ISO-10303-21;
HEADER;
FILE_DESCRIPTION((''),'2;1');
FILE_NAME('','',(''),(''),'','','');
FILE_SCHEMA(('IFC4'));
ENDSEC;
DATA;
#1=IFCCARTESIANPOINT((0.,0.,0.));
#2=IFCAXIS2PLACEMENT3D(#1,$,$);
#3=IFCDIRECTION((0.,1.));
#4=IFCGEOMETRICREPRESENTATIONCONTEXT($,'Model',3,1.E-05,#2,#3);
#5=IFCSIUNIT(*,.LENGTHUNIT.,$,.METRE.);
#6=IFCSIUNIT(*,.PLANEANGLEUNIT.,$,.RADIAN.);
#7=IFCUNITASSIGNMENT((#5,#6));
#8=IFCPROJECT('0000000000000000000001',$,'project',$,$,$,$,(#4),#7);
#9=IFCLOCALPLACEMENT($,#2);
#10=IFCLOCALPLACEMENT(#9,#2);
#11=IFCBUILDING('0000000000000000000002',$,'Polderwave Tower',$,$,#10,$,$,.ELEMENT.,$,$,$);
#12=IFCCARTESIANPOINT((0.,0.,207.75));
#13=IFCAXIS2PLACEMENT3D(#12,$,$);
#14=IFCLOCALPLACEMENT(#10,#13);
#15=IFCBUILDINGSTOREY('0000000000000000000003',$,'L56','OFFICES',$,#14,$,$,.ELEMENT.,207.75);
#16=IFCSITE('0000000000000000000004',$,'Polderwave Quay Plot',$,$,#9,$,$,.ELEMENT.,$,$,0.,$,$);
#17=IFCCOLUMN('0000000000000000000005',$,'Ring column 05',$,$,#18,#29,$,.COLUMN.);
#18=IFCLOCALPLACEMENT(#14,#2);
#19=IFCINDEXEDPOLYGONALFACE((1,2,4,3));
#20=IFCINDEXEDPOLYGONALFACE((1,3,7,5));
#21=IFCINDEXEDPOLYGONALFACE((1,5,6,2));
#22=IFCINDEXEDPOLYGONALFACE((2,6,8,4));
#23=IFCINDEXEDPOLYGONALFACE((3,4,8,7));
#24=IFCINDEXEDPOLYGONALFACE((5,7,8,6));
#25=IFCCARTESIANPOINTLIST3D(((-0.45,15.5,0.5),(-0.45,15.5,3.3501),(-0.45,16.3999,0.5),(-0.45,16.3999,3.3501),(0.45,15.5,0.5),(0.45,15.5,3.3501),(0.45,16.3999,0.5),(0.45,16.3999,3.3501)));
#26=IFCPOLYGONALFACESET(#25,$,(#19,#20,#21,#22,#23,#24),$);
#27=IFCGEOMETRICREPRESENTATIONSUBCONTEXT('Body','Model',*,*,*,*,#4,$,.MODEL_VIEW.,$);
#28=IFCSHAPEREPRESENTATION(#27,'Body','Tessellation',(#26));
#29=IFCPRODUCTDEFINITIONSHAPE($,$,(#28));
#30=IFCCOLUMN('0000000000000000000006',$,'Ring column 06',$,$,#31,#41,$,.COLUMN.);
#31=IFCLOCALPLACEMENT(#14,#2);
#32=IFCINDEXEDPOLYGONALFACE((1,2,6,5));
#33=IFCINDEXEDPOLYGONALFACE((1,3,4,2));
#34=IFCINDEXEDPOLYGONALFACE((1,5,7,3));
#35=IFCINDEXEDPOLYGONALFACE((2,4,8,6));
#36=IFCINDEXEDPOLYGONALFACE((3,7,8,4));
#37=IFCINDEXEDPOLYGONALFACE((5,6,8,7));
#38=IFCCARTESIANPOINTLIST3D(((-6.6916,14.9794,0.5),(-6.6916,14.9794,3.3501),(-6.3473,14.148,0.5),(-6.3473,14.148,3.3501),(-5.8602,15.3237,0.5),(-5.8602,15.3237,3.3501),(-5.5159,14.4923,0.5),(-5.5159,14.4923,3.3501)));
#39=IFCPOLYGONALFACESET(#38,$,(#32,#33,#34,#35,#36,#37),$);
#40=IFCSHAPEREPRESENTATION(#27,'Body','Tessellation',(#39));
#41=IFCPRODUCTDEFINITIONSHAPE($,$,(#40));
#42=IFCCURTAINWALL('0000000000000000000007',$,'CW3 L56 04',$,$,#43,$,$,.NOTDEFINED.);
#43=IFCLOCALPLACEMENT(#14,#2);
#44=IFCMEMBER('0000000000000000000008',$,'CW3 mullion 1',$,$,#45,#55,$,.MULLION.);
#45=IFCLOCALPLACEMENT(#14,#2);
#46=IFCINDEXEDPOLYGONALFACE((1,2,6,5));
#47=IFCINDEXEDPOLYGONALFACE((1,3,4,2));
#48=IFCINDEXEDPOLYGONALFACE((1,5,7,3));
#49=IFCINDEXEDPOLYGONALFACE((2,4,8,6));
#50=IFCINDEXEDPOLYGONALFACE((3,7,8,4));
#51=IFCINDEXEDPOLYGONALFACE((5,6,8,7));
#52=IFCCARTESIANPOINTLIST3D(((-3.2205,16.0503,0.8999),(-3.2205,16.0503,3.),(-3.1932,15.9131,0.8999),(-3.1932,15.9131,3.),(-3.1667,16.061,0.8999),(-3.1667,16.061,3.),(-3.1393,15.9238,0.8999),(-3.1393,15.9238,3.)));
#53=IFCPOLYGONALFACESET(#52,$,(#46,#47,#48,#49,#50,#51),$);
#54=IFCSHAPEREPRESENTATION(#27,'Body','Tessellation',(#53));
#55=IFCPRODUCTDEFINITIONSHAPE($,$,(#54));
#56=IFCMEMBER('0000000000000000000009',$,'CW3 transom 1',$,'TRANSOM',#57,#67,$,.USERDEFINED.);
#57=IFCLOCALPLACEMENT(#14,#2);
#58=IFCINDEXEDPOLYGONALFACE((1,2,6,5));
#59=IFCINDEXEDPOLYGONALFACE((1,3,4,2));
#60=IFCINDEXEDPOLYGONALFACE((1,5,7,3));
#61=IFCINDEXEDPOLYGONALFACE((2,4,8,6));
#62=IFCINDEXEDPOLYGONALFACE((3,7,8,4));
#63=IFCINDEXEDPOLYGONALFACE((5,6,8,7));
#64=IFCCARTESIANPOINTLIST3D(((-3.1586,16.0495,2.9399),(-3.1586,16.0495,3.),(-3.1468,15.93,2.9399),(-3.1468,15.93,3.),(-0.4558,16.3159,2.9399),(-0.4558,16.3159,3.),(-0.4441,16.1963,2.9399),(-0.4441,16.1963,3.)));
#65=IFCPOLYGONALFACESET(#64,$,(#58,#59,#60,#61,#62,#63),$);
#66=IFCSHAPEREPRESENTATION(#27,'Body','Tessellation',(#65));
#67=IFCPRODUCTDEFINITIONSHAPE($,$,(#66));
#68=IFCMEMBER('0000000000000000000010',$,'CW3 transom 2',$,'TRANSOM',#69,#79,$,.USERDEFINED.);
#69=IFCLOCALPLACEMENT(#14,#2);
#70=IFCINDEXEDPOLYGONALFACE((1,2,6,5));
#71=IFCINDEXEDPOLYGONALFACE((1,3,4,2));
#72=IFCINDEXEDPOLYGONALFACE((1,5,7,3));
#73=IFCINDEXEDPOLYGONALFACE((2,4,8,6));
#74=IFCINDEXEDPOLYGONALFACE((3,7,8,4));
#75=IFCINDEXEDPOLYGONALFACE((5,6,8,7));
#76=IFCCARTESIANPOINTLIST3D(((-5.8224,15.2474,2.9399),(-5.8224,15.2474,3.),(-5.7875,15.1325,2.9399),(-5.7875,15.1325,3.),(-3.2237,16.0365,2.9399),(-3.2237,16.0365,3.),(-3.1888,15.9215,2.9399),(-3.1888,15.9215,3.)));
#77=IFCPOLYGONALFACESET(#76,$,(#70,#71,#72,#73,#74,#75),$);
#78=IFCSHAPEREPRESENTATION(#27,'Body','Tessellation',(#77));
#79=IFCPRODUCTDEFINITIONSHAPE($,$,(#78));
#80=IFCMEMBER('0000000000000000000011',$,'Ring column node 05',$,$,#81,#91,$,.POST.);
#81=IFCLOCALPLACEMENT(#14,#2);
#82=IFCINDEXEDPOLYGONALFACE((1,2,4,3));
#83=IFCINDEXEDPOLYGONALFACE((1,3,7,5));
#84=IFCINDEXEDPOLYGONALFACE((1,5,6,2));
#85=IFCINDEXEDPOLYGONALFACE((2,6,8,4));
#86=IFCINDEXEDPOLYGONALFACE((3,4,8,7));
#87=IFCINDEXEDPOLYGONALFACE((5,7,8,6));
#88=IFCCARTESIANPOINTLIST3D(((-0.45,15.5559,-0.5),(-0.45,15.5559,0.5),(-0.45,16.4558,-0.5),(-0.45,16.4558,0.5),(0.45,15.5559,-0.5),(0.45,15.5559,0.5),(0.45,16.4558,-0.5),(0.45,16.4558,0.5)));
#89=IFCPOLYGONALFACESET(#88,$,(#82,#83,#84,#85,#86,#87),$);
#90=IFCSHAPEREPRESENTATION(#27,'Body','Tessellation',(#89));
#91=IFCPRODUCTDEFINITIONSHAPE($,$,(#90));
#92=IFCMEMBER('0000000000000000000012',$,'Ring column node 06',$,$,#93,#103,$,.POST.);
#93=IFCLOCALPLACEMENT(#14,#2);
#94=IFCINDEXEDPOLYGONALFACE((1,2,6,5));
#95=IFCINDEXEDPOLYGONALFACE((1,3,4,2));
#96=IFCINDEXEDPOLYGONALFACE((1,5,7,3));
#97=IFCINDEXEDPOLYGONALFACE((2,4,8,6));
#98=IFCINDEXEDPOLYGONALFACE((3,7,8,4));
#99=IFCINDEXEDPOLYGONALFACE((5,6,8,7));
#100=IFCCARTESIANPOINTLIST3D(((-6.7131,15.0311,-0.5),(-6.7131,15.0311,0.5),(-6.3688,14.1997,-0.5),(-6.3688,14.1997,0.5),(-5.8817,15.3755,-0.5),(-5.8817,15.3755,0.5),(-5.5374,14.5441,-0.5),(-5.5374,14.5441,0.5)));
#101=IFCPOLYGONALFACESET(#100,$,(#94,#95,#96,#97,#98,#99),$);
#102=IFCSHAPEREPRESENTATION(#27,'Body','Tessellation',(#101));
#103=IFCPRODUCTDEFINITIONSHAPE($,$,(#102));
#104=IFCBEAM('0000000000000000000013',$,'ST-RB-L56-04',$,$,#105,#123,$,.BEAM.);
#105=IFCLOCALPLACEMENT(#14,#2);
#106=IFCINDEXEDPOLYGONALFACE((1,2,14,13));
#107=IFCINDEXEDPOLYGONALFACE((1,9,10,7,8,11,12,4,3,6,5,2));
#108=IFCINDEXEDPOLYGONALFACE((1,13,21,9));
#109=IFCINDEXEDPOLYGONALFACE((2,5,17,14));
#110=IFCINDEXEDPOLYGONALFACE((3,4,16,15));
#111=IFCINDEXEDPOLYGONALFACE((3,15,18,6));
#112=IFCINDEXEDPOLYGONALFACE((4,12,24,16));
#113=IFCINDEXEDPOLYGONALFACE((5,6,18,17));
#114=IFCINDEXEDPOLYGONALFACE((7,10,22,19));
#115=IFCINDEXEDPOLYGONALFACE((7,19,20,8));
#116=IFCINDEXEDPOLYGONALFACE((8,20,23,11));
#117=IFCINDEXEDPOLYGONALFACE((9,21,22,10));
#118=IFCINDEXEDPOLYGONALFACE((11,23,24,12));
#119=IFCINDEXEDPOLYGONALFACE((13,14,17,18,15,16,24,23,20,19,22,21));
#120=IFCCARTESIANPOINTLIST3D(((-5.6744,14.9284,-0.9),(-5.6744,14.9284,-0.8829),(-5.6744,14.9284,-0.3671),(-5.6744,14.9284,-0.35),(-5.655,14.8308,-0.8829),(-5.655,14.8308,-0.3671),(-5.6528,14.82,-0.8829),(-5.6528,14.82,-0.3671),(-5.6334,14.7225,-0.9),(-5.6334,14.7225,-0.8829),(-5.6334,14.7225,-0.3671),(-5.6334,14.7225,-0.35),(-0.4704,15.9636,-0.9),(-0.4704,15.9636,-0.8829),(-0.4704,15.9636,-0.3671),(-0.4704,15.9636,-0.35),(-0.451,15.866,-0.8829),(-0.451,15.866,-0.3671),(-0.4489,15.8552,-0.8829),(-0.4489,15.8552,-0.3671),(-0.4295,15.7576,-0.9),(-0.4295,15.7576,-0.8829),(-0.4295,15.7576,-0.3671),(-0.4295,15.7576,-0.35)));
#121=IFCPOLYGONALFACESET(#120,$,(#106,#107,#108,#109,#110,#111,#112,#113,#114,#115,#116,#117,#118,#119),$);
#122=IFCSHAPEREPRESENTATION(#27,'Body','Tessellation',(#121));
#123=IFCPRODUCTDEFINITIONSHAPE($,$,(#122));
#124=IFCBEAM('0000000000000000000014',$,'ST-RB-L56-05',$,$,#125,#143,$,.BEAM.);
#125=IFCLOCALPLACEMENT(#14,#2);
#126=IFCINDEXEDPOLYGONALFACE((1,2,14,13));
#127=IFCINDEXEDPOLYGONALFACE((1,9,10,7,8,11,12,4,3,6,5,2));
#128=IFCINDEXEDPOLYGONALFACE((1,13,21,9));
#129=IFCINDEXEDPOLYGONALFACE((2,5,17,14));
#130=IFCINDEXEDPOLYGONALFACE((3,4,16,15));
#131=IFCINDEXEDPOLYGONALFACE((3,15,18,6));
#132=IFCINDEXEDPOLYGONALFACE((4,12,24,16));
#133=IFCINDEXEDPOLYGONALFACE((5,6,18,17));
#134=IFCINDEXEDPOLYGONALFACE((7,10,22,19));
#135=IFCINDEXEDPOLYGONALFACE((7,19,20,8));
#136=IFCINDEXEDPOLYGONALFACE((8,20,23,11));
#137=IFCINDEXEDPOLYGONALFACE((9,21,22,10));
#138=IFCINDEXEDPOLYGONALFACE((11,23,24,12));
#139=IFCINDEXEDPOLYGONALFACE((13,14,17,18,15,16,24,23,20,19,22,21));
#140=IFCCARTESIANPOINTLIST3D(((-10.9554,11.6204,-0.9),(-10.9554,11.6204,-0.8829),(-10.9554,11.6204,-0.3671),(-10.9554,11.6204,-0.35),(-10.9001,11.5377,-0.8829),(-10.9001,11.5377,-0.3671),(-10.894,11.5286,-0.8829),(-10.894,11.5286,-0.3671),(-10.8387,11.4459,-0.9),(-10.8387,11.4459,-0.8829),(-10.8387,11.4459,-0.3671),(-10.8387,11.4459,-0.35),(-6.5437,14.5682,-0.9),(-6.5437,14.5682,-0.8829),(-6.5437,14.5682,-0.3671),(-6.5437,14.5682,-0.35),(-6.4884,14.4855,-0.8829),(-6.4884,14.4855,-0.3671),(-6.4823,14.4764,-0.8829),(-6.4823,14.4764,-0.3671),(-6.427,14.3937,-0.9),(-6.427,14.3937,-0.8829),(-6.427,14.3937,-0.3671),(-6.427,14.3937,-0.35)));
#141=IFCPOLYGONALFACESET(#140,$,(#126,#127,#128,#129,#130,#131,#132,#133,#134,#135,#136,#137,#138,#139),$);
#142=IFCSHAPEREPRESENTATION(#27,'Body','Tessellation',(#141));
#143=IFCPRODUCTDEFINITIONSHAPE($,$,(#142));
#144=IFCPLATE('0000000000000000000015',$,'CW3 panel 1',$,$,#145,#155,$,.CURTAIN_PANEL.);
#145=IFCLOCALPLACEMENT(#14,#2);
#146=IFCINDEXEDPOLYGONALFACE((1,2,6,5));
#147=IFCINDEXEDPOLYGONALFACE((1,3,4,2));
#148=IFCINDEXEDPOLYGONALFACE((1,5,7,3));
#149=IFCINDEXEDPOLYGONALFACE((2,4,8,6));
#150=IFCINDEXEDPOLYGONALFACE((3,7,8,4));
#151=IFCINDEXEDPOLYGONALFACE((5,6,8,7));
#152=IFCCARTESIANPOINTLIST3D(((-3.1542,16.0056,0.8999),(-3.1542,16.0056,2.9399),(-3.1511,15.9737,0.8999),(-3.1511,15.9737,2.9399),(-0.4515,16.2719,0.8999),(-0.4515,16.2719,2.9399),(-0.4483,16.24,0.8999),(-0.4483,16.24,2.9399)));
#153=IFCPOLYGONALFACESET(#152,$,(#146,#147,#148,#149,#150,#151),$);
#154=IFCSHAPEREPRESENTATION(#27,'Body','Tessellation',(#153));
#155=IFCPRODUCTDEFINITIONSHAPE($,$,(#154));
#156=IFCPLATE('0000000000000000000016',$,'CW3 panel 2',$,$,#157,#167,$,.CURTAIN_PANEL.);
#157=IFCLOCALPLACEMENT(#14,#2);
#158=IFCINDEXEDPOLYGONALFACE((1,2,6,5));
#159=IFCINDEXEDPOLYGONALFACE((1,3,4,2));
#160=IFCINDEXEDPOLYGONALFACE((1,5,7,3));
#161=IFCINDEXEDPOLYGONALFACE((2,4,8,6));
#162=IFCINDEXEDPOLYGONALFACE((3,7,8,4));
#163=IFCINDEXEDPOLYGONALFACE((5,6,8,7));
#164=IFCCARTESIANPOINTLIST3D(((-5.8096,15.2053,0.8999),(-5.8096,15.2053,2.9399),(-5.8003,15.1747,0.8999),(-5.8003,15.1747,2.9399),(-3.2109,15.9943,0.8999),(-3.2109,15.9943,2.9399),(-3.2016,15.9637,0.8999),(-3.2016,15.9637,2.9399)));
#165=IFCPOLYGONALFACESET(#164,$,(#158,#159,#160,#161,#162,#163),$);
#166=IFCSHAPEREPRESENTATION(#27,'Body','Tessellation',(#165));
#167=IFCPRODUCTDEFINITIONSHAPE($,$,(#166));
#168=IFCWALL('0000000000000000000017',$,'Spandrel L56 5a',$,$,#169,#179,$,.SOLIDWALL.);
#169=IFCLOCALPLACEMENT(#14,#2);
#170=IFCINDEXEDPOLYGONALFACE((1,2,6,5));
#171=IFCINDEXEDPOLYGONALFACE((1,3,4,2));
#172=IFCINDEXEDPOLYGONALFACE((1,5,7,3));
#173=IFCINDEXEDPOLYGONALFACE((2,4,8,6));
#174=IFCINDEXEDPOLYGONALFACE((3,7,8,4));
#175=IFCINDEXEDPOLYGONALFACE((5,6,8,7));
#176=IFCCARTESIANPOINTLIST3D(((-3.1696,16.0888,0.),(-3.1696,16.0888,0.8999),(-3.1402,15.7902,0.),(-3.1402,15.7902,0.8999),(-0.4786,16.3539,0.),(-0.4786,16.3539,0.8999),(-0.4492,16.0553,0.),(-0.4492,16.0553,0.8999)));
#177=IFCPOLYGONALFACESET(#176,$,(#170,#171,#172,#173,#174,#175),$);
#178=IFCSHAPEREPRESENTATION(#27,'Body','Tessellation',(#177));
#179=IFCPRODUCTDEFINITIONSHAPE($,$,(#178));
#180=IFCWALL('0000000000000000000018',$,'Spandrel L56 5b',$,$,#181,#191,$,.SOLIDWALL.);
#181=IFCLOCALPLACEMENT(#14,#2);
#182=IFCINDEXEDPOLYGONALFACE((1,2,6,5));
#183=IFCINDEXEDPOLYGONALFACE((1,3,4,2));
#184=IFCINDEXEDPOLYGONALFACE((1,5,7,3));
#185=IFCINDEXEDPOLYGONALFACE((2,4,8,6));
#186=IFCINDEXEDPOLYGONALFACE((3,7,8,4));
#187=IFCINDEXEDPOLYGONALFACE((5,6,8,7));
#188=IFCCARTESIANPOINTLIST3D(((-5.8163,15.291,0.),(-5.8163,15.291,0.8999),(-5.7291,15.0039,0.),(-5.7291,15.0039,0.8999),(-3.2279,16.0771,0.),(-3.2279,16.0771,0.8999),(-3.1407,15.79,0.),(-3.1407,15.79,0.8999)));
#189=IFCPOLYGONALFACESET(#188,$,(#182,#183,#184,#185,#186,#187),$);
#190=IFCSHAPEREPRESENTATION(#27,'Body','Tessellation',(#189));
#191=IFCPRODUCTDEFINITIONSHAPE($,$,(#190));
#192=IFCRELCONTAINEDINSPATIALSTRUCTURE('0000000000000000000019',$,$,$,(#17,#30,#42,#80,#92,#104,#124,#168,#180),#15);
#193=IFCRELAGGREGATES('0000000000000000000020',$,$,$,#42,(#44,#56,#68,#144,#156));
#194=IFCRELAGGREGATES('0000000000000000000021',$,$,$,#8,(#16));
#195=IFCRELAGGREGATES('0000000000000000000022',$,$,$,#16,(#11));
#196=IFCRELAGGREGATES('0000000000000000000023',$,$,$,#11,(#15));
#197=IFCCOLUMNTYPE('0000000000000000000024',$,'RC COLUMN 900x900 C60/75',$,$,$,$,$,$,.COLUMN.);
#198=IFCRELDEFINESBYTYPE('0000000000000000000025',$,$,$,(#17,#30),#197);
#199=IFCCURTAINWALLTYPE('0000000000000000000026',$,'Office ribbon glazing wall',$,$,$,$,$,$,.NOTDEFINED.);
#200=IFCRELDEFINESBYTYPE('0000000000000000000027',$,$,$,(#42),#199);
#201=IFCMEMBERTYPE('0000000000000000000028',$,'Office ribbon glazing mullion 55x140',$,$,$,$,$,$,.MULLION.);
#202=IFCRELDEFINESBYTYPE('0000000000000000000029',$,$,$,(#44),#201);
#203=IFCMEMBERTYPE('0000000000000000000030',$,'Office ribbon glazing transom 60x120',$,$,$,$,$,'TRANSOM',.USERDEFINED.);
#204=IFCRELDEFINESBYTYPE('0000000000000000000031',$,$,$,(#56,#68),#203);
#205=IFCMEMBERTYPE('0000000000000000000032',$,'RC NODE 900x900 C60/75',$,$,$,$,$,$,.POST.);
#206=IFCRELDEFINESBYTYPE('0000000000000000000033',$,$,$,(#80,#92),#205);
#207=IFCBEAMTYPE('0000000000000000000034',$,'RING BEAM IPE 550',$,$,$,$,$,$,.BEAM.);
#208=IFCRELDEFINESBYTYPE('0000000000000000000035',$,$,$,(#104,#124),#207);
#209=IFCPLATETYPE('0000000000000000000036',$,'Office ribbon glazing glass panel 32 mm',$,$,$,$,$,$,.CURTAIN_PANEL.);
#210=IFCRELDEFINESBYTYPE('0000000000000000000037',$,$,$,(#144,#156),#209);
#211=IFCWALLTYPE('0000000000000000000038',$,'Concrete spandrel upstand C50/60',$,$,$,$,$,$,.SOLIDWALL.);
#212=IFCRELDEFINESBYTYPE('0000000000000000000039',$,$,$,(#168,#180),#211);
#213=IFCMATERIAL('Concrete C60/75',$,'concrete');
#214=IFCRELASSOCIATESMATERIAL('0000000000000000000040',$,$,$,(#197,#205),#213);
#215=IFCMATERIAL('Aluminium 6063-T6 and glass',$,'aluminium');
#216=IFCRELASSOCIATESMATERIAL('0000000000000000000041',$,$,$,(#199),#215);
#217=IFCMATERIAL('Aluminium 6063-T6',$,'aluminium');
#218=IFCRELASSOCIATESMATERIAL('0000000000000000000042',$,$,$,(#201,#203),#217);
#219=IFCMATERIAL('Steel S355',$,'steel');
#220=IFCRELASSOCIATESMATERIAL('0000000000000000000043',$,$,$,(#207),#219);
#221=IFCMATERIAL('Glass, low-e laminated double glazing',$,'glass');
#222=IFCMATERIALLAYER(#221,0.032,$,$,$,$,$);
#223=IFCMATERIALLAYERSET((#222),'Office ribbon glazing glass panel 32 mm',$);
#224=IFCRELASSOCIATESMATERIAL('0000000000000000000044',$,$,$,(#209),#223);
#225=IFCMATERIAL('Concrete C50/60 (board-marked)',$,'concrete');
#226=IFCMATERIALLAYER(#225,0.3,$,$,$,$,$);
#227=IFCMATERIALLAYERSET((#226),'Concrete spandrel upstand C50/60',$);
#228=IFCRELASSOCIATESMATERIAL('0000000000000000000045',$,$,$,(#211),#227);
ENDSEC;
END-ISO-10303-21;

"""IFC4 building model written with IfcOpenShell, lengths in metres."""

from ifc_helpers import new_model, si_unit, direction, frame, frame_2d, origin, origin_2d, place, context, subcontext, project, spatial, rectangle, i_section, extrude, material, layer, layer_set, material_profile, profile_set, type_object, element, aggregate, save


model = new_model("IFC4")

# Units and contexts
model_context = context("Model", 3, precision=1e-05, world=origin(), true_north=direction((0.0, 1.0)))
body_context = subcontext(model_context, "Body", "Model", "MODEL_VIEW")
ifc_project = project(units=[si_unit("LENGTHUNIT", "METRE"), si_unit("PLANEANGLEUNIT", "RADIAN")], contexts=[model_context])

# Site, building, storey
site_placement = place(None, origin())
site = spatial("IfcSite", under=ifc_project, at=site_placement, Name="Polderwave Quay Plot", CompositionType="ELEMENT", RefElevation=0.0)
building_placement = place(site_placement, origin())
building = spatial("IfcBuilding", under=site, at=building_placement, Name="Polderwave Tower", CompositionType="ELEMENT")
storey_placement = place(building_placement, frame((0.0, 0.0, 207.75)))
storey = spatial("IfcBuildingStorey", under=building, at=storey_placement, Name="L56", Description="OFFICES", CompositionType="ELEMENT", Elevation=207.75)

# Columns
ifc_material_1 = material(Name="Concrete C60/75", Category="concrete")
ifc_material_profile_1 = material_profile(ifc_material_1, rectangle(XDim=0.8999, YDim=0.8999, at=origin_2d()), Name="RC 900x900")
ifc_profile_set_1 = profile_set([ifc_material_profile_1], Name="Concrete C60/75")
column_type = type_object("IfcColumnType", Name="RC COLUMN 900x900 C60/75", PredefinedType="COLUMN", material=ifc_profile_set_1)
for number, where, z_axis, x_axis, name in (
    (1, (0.0, 15.95, 0.5), (0.0, 0.0, 1.0), (0.0, 1.0, 0.0), "Ring column 05"),
    (2, (-6.1038, 14.7358, 0.5), (0.0, 0.0, 1.0), (-0.382683, 0.92388, 0.0), "Ring column 06"),
):
    element("IfcColumn", number, at=place(storey_placement, frame(where, z_axis=z_axis, x_axis=x_axis)), inside=storey, type_object=column_type, Name=name, PredefinedType="COLUMN", context=body_context, shape_type="SweptSolid", body=[
        extrude(rectangle(XDim=0.8999, YDim=0.8999, at=origin_2d()), origin(), (0.0, 0.0, 1.0), 2.8501),
    ])

# Curtain wall, members
ifc_material_2 = material(Name="Aluminium 6063-T6 and glass", Category="aluminium")
curtain_wall_type = type_object("IfcCurtainWallType", Name="Office ribbon glazing wall", PredefinedType="NOTDEFINED", material=ifc_material_2)
curtain_wall_placement = place(storey_placement, origin())
curtain_wall = element("IfcCurtainWall", 3, at=curtain_wall_placement, inside=storey, type_object=curtain_wall_type, Name="CW3 L56 04", PredefinedType="NOTDEFINED")
ifc_material_3 = material(Name="Aluminium 6063-T6", Category="aluminium")
ifc_material_profile_2 = material_profile(ifc_material_3, rectangle(XDim=0.1399, YDim=0.0549, at=origin_2d()), Name="AL 55x140")
ifc_profile_set_2 = profile_set([ifc_material_profile_2], Name="Aluminium 6063-T6")
member_type_1 = type_object("IfcMemberType", Name="Office ribbon glazing mullion 55x140", PredefinedType="MULLION", material=ifc_profile_set_2)
member_1_placement = place(storey_placement, frame((-3.1799, 15.9871, 0.8999), z_axis=(0.0, 0.0, 1.0), x_axis=(0.195234, -0.980757, 0.0)))
member_1 = element("IfcMember", 4, at=member_1_placement, type_object=member_type_1, Name="CW3 mullion 1", PredefinedType="MULLION", context=body_context, shape_type="SweptSolid", body=[
    extrude(rectangle(XDim=0.1399, YDim=0.0549, at=origin_2d()), origin(), (0.0, 0.0, 1.0), 2.1001),
])
ifc_material_profile_3 = material_profile(ifc_material_3, rectangle(XDim=0.1201, YDim=0.0601, at=origin_2d()), Name="AL 60x120")
ifc_profile_set_3 = profile_set([ifc_material_profile_3], Name="Aluminium 6063-T6")
member_type_2 = type_object("IfcMemberType", Name="Office ribbon glazing transom 60x120", ElementType="TRANSOM", PredefinedType="USERDEFINED", material=ifc_profile_set_3)
member_2_placement = place(storey_placement, frame((-0.45, 16.2561, 2.97), z_axis=(-0.995179, -0.098079, 0.0), x_axis=(0.098079, -0.995179, 0.0)))
member_2 = element("IfcMember", 5, at=member_2_placement, type_object=member_type_2, Name="CW3 transom 1", ObjectType="TRANSOM", PredefinedType="USERDEFINED", context=body_context, shape_type="SweptSolid", body=[
    extrude(rectangle(XDim=0.1201, YDim=0.0601, at=origin_2d()), origin(), (0.0, 0.0, 1.0), 2.7158),
])
member_3_placement = place(storey_placement, frame((-3.2063, 15.979, 2.97), z_axis=(-0.956861, -0.290546, 0.0), x_axis=(0.290546, -0.956861, 0.0)))
member_3 = element("IfcMember", 6, at=member_3_placement, type_object=member_type_2, Name="CW3 transom 2", ObjectType="TRANSOM", PredefinedType="USERDEFINED", context=body_context, shape_type="SweptSolid", body=[
    extrude(rectangle(XDim=0.1201, YDim=0.0601, at=origin_2d()), origin(), (0.0, 0.0, 1.0), 2.7158),
])

# Members
ifc_material_profile_4 = material_profile(ifc_material_1, rectangle(XDim=0.8999, YDim=0.8999, at=origin_2d()), Name="RC 900x900")
ifc_profile_set_4 = profile_set([ifc_material_profile_4], Name="Concrete C60/75")
member_type_3 = type_object("IfcMemberType", Name="RC NODE 900x900 C60/75", PredefinedType="POST", material=ifc_profile_set_4)
for number, where, z_axis, x_axis, name in (
    (7, (0.0, 16.0059, -0.5), (0.0, 0.0, 1.0), (0.0, 1.0, 0.0), "Ring column node 05"),
    (8, (-6.1252, 14.7876, -0.5), (0.0, 0.0, 1.0), (-0.382683, 0.92388, 0.0), "Ring column node 06"),
):
    element("IfcMember", number, at=place(storey_placement, frame(where, z_axis=z_axis, x_axis=x_axis)), inside=storey, type_object=member_type_3, Name=name, PredefinedType="POST", context=body_context, shape_type="SweptSolid", body=[
        extrude(rectangle(XDim=0.8999, YDim=0.8999, at=origin_2d()), origin(), (0.0, 0.0, 1.0), 1.0),
    ])

# Beams
ifc_material_4 = material(Name="Steel S355", Category="steel")
ifc_material_profile_5 = material_profile(ifc_material_4, i_section(OverallWidth=0.21, OverallDepth=0.55, WebThickness=0.011, FlangeThickness=0.0171, at=origin_2d()), Name="IPE 550")
ifc_profile_set_5 = profile_set([ifc_material_profile_5], Name="Steel S355")
beam_type = type_object("IfcBeamType", Name="RING BEAM IPE 550", PredefinedType="BEAM", material=ifc_profile_set_5)
for number, where, z_axis, x_axis, name in (
    (9, (-0.45, 15.8606, -0.625), (-0.980784, -0.195098, 0.0), (0.195098, -0.980784, 0.0), "ST-RB-L56-04"),
    (10, (-6.4854, 14.481, -0.625), (-0.831469, -0.555571, 0.0), (0.555571, -0.831469, 0.0), "ST-RB-L56-05"),
):
    element("IfcBeam", number, at=place(storey_placement, frame(where, z_axis=z_axis, x_axis=x_axis)), inside=storey, type_object=beam_type, Name=name, PredefinedType="BEAM", context=body_context, shape_type="SweptSolid", body=[
        extrude(i_section(OverallWidth=0.21, OverallDepth=0.55, WebThickness=0.011, FlangeThickness=0.0171, at=origin_2d()), origin(), (0.0, 0.0, 1.0), 5.3059),
    ])

# Plates
ifc_material_5 = material(Name="Glass, low-e laminated double glazing", Category="glass")
ifc_layer_1 = layer(ifc_material_5, 0.032)
ifc_layer_set_1 = layer_set([ifc_layer_1], Name="Office ribbon glazing glass panel 32 mm")
plate_type = type_object("IfcPlateType", Name="Office ribbon glazing glass panel 32 mm", PredefinedType="CURTAIN_PANEL", material=ifc_layer_set_1)
plate_1_placement = place(storey_placement, frame((-1.8013, 16.1228, 0.8999), z_axis=(0.0, 0.0, 1.0), x_axis=(-0.99518, -0.098061, 0.0)))
plate_1 = element("IfcPlate", 11, at=plate_1_placement, type_object=plate_type, Name="CW3 panel 1", PredefinedType="CURTAIN_PANEL", context=body_context, shape_type="SweptSolid", body=[
    extrude(rectangle(XDim=2.7158, YDim=0.032, at=origin_2d()), origin(), (0.0, 0.0, 1.0), 2.04),
])
plate_2_placement = place(storey_placement, frame((-4.5056, 15.5845, 0.8999), z_axis=(0.0, 0.0, 1.0), x_axis=(-0.956868, -0.290524, 0.0)))
plate_2 = element("IfcPlate", 12, at=plate_2_placement, type_object=plate_type, Name="CW3 panel 2", PredefinedType="CURTAIN_PANEL", context=body_context, shape_type="SweptSolid", body=[
    extrude(rectangle(XDim=2.7158, YDim=0.032, at=origin_2d()), origin(), (0.0, 0.0, 1.0), 2.04),
])
aggregate(curtain_wall, [member_1, member_2, member_3, plate_1, plate_2])

# Walls
ifc_material_6 = material(Name="Concrete C50/60 (board-marked)", Category="concrete")
ifc_layer_2 = layer(ifc_material_6, 0.3)
ifc_layer_set_2 = layer_set([ifc_layer_2], Name="Concrete spandrel upstand C50/60")
wall_type_1 = type_object("IfcWallType", Name="Concrete spandrel upstand C50/60", PredefinedType="SOLIDWALL", material=ifc_layer_set_2)
wall_1_placement = place(storey_placement, frame((-0.4639, 16.2046, 0.0), z_axis=(0.0, 0.0, 1.0), x_axis=(-0.995182, -0.098047, 0.0)))
element("IfcWall", 13, at=wall_1_placement, inside=storey, type_object=wall_type_1, Name="Spandrel L56 5a", PredefinedType="SOLIDWALL", context=body_context, shape_type="SweptSolid", body=[
    extrude(rectangle(XDim=2.7041, YDim=0.3, at=frame_2d((1.3521, 0.0))), origin(), (0.0, 0.0, 1.0), 0.8999),
])
wall_2_placement = place(storey_placement, frame((-3.1843, 15.9336, 0.0), z_axis=(0.0, 0.0, 1.0), x_axis=(-0.956842, -0.290609, 0.0)))
element("IfcWall", 14, at=wall_2_placement, inside=storey, type_object=wall_type_1, Name="Spandrel L56 5b", PredefinedType="SOLIDWALL", context=body_context, shape_type="SweptSolid", body=[
    extrude(rectangle(XDim=2.7051, YDim=0.3, at=frame_2d((1.3525, 0.0))), origin(), (0.0, 0.0, 1.0), 0.8999),
])

save(model, "model.ifc")
